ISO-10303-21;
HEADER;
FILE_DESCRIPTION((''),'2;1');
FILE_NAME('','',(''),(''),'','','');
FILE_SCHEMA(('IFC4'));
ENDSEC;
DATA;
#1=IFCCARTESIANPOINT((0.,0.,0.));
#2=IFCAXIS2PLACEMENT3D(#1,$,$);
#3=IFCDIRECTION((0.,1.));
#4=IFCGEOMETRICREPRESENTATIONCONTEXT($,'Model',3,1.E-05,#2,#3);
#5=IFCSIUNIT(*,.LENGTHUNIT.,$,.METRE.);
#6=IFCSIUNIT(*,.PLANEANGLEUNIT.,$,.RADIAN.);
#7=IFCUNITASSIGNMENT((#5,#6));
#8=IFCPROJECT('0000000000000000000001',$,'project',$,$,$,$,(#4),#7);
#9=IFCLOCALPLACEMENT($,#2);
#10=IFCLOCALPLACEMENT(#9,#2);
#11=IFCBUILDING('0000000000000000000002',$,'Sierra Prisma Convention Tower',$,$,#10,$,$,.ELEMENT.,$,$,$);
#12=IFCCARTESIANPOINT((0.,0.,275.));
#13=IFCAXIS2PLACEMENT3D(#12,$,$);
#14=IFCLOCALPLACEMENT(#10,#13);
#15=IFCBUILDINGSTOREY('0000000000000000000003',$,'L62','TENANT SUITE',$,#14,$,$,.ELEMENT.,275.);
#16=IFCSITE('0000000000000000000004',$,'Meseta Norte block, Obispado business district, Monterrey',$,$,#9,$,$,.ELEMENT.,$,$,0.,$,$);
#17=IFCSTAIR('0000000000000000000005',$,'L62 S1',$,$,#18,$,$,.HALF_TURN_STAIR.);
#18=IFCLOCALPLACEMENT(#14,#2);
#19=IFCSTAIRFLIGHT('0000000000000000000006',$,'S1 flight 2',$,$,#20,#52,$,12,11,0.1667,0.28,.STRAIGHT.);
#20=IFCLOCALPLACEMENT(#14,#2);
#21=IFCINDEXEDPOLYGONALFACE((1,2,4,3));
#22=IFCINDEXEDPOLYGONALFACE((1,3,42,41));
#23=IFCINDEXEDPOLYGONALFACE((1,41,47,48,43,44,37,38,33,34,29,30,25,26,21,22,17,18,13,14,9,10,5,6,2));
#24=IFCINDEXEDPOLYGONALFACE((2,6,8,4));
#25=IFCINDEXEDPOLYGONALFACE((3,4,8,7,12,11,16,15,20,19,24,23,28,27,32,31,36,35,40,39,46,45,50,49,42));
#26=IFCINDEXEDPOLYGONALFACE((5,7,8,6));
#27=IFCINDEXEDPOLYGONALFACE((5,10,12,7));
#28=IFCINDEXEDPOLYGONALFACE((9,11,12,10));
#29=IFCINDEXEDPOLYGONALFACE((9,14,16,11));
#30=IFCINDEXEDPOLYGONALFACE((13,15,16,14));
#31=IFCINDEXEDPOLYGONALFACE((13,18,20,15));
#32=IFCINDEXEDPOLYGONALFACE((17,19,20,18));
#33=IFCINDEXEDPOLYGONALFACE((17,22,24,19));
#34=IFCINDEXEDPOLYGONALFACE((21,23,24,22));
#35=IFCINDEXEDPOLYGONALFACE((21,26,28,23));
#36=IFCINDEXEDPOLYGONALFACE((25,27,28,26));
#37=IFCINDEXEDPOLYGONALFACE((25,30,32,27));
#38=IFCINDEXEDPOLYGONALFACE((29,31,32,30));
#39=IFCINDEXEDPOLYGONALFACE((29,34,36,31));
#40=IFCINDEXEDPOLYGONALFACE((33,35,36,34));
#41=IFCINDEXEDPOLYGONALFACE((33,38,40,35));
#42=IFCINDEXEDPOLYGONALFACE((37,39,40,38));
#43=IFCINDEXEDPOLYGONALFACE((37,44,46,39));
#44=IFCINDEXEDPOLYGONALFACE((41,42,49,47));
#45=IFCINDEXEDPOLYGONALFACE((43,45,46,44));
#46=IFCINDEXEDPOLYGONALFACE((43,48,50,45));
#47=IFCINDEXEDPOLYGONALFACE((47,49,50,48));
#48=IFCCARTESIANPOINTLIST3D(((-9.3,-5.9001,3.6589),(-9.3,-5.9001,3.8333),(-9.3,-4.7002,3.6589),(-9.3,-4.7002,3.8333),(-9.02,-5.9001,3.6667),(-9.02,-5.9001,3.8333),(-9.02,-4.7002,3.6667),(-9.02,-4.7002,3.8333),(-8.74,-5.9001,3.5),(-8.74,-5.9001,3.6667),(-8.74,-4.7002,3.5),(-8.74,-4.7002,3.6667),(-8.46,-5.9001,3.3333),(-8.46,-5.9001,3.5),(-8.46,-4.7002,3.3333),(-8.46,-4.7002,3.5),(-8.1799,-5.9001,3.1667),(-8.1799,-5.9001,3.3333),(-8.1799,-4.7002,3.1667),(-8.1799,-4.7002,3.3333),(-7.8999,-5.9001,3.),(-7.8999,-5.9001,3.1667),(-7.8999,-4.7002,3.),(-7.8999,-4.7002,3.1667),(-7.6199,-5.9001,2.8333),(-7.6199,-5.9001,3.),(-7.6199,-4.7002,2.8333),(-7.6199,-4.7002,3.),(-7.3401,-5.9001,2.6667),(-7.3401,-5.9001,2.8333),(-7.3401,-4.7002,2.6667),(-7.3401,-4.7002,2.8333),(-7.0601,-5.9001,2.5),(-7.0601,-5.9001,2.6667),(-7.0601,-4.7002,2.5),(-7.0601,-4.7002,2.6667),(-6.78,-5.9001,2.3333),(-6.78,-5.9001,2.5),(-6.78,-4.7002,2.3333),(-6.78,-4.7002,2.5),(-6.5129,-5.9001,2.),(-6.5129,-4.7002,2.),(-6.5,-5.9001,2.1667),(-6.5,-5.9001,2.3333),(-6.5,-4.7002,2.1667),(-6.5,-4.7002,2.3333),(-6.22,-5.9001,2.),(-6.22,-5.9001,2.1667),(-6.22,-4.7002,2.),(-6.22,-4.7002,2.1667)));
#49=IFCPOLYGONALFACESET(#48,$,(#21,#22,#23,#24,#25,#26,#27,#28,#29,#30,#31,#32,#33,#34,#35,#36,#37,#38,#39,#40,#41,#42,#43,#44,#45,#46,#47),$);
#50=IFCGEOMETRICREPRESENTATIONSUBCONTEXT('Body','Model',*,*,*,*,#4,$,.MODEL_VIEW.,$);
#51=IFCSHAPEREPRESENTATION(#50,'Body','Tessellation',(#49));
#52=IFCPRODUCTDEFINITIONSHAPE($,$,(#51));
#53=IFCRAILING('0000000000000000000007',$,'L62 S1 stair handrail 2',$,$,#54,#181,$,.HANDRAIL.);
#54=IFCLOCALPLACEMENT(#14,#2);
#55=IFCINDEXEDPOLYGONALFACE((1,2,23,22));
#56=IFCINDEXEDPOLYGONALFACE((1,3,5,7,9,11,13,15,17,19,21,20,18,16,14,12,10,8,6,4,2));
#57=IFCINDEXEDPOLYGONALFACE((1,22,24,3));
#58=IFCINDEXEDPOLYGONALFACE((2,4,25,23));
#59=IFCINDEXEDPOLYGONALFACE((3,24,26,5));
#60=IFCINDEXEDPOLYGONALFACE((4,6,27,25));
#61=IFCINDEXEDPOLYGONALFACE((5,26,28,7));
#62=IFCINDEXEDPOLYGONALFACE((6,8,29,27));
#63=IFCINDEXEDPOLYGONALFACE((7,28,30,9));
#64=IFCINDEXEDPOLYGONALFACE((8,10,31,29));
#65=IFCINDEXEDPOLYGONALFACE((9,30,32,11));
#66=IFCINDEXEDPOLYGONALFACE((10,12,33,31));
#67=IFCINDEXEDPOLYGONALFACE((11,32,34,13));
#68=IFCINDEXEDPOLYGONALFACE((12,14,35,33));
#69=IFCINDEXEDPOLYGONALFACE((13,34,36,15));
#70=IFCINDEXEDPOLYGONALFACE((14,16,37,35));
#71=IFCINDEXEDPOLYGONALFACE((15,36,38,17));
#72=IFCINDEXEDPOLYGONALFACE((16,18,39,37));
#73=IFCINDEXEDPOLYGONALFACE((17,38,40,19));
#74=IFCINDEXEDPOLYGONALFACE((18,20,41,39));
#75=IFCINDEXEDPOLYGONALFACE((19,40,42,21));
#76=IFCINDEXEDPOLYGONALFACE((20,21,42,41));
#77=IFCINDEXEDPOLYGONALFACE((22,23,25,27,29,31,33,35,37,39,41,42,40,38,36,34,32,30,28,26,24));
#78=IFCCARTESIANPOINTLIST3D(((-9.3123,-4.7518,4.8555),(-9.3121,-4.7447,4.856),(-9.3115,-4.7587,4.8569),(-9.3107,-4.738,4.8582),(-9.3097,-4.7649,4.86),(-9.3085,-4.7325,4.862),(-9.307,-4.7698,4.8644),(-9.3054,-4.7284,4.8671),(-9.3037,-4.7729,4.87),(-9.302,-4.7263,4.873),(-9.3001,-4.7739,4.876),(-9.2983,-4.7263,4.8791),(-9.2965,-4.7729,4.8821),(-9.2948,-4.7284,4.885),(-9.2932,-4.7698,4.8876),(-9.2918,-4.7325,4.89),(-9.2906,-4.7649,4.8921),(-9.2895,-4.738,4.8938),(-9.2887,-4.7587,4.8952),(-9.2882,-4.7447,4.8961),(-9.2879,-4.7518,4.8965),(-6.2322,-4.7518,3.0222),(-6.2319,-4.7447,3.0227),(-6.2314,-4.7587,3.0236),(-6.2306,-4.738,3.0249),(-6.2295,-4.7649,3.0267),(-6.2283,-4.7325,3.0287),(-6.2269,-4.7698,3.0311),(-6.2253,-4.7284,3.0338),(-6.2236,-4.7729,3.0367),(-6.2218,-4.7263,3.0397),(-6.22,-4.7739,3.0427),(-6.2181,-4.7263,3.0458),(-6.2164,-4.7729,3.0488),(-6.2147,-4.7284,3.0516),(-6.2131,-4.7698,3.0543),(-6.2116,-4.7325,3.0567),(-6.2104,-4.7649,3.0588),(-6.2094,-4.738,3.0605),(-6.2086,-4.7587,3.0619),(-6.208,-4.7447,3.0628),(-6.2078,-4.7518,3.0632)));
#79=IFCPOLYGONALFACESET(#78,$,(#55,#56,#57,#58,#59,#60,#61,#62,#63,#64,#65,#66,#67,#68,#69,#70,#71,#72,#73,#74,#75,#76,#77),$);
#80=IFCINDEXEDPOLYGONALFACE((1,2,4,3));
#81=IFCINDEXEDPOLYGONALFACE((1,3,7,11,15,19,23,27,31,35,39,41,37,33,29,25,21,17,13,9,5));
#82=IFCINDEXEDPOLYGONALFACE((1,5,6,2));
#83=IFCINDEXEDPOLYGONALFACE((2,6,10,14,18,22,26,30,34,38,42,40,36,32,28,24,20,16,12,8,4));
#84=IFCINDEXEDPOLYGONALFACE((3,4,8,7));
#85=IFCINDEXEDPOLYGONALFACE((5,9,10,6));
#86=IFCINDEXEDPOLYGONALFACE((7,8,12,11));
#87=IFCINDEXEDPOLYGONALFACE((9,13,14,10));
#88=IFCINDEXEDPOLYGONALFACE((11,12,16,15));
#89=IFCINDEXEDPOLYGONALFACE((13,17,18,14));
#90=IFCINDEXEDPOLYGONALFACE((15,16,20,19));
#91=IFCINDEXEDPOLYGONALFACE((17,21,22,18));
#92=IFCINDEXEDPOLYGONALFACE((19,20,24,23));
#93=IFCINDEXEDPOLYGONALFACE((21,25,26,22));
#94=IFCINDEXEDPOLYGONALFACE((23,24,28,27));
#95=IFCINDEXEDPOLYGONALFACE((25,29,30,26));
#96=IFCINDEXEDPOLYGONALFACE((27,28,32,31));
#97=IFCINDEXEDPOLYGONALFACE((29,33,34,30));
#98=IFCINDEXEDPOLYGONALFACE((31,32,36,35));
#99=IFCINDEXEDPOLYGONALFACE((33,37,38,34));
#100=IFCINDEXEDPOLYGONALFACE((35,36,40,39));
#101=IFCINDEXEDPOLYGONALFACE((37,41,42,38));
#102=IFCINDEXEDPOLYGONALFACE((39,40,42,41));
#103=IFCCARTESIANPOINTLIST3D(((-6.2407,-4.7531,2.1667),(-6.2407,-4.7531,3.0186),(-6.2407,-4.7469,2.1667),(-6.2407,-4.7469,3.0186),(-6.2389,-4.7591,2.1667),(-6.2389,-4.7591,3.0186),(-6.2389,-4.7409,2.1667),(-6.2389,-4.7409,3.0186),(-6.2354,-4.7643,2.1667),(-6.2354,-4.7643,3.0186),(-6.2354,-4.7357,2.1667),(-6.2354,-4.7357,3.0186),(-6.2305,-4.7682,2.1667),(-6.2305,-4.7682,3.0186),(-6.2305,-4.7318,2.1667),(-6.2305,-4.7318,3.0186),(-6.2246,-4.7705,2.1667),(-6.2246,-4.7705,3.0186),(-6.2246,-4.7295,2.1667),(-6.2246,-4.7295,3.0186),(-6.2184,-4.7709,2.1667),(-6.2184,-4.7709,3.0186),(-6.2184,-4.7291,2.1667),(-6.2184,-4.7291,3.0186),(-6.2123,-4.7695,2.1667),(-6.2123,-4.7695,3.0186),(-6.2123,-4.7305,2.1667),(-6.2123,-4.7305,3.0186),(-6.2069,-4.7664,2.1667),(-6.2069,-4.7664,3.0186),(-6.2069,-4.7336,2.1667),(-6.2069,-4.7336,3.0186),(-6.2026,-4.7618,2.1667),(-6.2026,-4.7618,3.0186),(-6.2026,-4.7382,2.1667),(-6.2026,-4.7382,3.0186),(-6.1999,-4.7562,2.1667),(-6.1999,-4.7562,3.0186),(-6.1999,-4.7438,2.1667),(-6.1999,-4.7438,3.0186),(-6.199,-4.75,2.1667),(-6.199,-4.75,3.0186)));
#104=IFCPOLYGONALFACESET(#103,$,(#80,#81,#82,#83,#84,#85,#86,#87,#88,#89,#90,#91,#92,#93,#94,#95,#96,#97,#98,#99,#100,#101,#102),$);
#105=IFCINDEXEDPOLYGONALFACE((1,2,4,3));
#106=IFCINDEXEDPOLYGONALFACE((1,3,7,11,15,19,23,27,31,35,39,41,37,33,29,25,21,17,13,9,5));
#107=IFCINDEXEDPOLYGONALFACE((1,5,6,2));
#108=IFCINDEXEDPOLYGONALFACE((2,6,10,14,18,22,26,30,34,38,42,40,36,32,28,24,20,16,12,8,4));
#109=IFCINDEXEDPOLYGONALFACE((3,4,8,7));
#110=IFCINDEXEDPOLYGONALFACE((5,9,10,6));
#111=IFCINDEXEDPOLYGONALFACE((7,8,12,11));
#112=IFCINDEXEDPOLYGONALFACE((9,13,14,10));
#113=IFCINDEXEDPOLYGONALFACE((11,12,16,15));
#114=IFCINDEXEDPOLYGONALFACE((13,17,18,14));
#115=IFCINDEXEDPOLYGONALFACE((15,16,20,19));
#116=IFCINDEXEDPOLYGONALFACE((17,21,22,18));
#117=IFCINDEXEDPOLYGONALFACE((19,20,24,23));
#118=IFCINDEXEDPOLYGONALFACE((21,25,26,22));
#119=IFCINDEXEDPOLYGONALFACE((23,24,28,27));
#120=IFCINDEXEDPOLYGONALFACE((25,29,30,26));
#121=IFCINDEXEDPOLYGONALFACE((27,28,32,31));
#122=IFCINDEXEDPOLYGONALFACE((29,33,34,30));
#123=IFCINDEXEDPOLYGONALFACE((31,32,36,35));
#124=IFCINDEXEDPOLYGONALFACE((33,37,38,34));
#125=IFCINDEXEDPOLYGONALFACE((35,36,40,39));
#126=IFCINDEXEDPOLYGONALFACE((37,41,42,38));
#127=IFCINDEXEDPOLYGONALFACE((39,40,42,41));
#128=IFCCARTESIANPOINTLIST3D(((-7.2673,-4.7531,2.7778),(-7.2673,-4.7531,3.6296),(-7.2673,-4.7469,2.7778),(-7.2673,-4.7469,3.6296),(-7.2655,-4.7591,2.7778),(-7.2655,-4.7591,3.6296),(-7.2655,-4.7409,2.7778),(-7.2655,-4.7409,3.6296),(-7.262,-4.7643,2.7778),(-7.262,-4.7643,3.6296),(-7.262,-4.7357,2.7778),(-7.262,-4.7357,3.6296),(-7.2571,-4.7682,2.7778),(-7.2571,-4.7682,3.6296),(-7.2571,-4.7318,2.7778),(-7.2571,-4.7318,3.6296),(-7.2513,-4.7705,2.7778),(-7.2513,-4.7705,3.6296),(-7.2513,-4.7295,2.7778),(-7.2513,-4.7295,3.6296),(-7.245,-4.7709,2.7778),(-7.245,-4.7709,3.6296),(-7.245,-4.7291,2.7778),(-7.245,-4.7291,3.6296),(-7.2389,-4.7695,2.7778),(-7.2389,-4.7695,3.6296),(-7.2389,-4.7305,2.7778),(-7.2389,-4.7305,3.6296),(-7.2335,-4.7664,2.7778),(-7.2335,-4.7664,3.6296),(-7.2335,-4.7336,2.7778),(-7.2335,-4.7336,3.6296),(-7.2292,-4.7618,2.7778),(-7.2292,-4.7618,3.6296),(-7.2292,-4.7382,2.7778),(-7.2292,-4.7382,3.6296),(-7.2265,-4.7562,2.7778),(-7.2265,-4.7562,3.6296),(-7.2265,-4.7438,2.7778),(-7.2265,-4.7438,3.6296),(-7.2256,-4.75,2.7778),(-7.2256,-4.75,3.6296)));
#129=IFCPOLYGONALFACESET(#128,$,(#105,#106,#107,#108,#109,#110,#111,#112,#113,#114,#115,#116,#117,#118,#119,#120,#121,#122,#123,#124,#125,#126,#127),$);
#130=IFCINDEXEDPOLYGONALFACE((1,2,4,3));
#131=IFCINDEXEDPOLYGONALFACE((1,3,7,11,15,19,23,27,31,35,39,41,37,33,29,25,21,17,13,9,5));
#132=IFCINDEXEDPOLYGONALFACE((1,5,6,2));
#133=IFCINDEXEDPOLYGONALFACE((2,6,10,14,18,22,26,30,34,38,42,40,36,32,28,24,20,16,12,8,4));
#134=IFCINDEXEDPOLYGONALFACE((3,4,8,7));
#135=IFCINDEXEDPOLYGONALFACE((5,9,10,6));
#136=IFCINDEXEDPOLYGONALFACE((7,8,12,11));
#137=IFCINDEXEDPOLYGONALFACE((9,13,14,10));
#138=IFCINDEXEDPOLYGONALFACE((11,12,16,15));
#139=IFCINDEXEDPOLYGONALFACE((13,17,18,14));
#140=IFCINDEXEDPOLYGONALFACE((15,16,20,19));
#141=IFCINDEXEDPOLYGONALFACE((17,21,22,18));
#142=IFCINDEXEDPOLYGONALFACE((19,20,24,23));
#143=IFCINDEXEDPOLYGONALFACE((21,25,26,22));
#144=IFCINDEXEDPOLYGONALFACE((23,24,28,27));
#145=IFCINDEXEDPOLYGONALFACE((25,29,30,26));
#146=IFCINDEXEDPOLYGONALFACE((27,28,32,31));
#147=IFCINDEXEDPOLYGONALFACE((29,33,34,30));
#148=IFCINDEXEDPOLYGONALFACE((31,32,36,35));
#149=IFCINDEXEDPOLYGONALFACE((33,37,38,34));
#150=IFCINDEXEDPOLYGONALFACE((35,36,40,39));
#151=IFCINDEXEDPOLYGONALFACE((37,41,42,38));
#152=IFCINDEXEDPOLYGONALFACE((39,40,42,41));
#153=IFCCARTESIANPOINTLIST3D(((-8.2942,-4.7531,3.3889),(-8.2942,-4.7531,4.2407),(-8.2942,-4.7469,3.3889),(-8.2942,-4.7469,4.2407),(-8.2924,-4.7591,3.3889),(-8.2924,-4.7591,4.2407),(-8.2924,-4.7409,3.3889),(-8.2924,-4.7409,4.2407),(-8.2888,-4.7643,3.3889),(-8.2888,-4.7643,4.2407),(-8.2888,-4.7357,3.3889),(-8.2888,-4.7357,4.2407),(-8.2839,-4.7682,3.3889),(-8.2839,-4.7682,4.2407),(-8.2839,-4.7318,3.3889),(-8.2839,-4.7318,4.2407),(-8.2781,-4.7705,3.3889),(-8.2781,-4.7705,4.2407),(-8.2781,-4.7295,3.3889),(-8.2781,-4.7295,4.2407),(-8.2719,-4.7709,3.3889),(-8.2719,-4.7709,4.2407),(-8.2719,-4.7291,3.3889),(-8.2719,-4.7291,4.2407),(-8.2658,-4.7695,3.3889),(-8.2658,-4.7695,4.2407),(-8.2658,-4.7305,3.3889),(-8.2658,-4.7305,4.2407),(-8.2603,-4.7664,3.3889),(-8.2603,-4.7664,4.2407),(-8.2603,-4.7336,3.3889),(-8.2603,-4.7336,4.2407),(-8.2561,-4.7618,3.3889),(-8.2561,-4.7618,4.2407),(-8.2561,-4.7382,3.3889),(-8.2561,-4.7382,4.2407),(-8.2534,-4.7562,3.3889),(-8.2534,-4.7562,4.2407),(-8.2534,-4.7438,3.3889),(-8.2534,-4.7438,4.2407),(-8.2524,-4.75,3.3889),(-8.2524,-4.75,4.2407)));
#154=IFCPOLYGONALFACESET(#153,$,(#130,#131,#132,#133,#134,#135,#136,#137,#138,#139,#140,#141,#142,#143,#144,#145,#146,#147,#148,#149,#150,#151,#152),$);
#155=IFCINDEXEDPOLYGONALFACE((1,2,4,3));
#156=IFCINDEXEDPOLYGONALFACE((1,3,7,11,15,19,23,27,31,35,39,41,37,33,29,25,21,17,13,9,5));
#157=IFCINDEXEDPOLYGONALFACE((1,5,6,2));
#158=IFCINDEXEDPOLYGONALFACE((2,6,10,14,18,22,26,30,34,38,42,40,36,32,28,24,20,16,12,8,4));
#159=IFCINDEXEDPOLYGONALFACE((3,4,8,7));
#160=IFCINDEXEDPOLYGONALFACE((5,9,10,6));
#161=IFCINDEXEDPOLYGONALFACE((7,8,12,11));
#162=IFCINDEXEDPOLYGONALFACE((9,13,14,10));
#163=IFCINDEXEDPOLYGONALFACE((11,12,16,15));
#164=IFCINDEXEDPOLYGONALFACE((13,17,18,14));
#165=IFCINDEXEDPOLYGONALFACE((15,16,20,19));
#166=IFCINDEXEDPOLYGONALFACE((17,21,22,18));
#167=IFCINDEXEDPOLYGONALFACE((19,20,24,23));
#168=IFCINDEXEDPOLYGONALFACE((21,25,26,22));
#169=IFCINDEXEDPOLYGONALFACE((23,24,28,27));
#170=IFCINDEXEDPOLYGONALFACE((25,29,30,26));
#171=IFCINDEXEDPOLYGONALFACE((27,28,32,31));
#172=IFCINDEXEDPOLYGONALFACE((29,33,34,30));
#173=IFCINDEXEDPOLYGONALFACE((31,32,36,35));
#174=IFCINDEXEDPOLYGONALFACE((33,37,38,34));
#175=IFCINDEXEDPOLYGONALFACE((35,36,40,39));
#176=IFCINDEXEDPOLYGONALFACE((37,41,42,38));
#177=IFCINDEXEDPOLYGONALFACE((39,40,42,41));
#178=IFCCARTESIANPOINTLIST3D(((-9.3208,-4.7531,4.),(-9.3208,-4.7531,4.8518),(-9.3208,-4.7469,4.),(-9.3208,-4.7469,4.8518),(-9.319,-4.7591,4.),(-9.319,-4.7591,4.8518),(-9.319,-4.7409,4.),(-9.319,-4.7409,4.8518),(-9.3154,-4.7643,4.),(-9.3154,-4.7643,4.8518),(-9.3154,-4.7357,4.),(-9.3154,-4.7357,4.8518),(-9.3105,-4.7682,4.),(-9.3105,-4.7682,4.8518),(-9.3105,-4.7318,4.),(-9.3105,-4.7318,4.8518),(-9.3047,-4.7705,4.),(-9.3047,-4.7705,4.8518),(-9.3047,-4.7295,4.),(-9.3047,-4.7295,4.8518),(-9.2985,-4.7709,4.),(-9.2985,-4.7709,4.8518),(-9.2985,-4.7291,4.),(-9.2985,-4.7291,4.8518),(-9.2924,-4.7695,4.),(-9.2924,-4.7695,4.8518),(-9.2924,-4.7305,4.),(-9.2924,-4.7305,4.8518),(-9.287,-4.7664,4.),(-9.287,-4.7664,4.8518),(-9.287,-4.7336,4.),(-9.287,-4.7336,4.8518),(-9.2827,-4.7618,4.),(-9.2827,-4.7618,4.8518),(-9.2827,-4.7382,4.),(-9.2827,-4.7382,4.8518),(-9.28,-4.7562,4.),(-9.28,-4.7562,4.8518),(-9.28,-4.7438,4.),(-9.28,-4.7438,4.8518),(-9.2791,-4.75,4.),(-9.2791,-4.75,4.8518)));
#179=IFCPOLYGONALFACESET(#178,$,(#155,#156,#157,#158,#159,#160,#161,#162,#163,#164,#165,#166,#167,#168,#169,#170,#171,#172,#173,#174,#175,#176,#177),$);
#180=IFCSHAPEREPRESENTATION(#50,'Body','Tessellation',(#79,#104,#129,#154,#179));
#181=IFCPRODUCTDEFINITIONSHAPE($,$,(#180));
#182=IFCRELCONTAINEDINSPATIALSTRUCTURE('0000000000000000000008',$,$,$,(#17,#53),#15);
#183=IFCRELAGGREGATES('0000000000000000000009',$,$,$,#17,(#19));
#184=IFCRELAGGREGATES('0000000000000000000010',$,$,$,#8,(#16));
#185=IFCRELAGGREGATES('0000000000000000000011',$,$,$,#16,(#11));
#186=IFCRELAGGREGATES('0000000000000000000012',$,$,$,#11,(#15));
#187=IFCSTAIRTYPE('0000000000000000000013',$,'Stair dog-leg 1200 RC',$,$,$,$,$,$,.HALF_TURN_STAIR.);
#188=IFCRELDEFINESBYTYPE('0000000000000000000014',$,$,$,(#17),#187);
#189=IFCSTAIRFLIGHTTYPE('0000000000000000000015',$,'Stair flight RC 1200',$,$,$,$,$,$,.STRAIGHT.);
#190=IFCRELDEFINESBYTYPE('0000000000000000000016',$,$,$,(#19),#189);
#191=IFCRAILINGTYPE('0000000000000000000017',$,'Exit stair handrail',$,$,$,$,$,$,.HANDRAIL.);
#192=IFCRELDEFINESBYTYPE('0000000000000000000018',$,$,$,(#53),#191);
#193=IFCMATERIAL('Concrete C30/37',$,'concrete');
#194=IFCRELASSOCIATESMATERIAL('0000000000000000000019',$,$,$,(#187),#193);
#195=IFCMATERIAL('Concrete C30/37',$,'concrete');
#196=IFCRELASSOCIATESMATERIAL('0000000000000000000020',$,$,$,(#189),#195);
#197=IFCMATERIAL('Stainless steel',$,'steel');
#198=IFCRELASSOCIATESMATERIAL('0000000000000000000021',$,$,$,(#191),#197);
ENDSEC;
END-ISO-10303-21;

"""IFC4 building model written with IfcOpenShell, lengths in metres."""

from ifc_helpers import new_model, si_unit, direction, frame, origin, origin_2d, place, context, subcontext, project, spatial, polyline, circle, outline, extrude, material, type_object, element, aggregate, save


model = new_model("IFC4")

# Units and contexts
model_context = context("Model", 3, precision=1e-05, world=origin(), true_north=direction((0.0, 1.0)))
body_context = subcontext(model_context, "Body", "Model", "MODEL_VIEW")
ifc_project = project(units=[si_unit("LENGTHUNIT", "METRE"), si_unit("PLANEANGLEUNIT", "RADIAN")], contexts=[model_context])

# Site, building, storey
site_placement = place(None, origin())
site = spatial("IfcSite", under=ifc_project, at=site_placement, Name="Meseta Norte block, Obispado business district, Monterrey", CompositionType="ELEMENT", RefElevation=0.0)
building_placement = place(site_placement, origin())
building = spatial("IfcBuilding", under=site, at=building_placement, Name="Sierra Prisma Convention Tower", CompositionType="ELEMENT")
storey_placement = place(building_placement, frame((0.0, 0.0, 275.0)))
storey = spatial("IfcBuildingStorey", under=building, at=storey_placement, Name="L62", Description="TENANT SUITE", CompositionType="ELEMENT", Elevation=275.0)

# Stair, stair flight
ifc_material_1 = material(Name="Concrete C30/37", Category="concrete")
stair_type = type_object("IfcStairType", Name="Stair dog-leg 1200 RC", PredefinedType="HALF_TURN_STAIR", material=ifc_material_1)
stair_placement = place(storey_placement, origin())
stair = element("IfcStair", 1, at=stair_placement, inside=storey, type_object=stair_type, Name="L62 S1", PredefinedType="HALF_TURN_STAIR")
ifc_material_2 = material(Name="Concrete C30/37", Category="concrete")
stair_flight_type = type_object("IfcStairFlightType", Name="Stair flight RC 1200", PredefinedType="STRAIGHT", material=ifc_material_2)
stair_flight_1_placement = place(storey_placement, frame((-6.22, -5.3, 2.0), z_axis=(0.0, 0.0, 1.0), x_axis=(-1.0, 0.0, 0.0)))
stair_flight_1 = element("IfcStairFlight", 2, at=stair_flight_1_placement, type_object=stair_flight_type, Name="S1 flight 2", NumberOfRisers=12, NumberOfTreads=11, PredefinedType="STRAIGHT", RiserHeight=0.1667, TreadLength=0.28, context=body_context, shape_type="SweptSolid", body=[
    extrude(outline(polyline([(0.0, 0.0), (0.0, 0.1667), (0.28, 0.1667), (0.28, 0.3333), (0.5601, 0.3333), (0.5601, 0.5), (0.8401, 0.5), (0.8401, 0.6667), (1.1201, 0.6667), (1.1201, 0.8333), (1.3999, 0.8333), (1.3999, 1.0), (1.6799, 1.0), (1.6799, 1.1667), (1.96, 1.1667), (1.96, 1.3333), (2.24, 1.3333), (2.24, 1.5), (2.52, 1.5), (2.52, 1.6667), (2.8, 1.6667), (2.8, 1.8333), (3.0801, 1.8333), (3.0801, 2.0), (3.0801, 1.6589), (0.293, 0.0), (0.0, 0.0)])), frame((0.0, 0.6001, 0.0), z_axis=(0.0, -1.0, 0.0), x_axis=(1.0, 0.0, 0.0)), (0.0, 0.0, 1.0), 1.2),
])
aggregate(stair, [stair_flight_1])

# Railing
ifc_material_3 = material(Name="Stainless steel", Category="steel")
railing_type_1 = type_object("IfcRailingType", Name="Exit stair handrail", PredefinedType="HANDRAIL", material=ifc_material_3)
railing_1_placement = place(storey_placement, frame((-6.22, -4.75, 2.1667)))
element("IfcRailing", 3, at=railing_1_placement, inside=storey, type_object=railing_type_1, Name="L62 S1 stair handrail 2", PredefinedType="HANDRAIL", context=body_context, shape_type="SweptSolid", body=[
    extrude(circle(Radius=0.0239, at=origin_2d()), frame((0.0, 0.0, 0.876), z_axis=(-0.859309, 0.0, 0.511458), x_axis=(0.0, -1.0, 0.0)), (0.0, 0.0, 1.0), 3.5845),
    extrude(circle(Radius=0.021, at=origin_2d()), origin(), (0.0, 0.0, 1.0), 0.8518),
    extrude(circle(Radius=0.021, at=origin_2d()), frame((-1.0266, 0.0, 0.6111)), (0.0, 0.0, 1.0), 0.8518),
    extrude(circle(Radius=0.021, at=origin_2d()), frame((-2.0535, 0.0, 1.2222)), (0.0, 0.0, 1.0), 0.8518),
    extrude(circle(Radius=0.021, at=origin_2d()), frame((-3.0801, 0.0, 1.8333)), (0.0, 0.0, 1.0), 0.8518),
])

save(model, "model.ifc")
